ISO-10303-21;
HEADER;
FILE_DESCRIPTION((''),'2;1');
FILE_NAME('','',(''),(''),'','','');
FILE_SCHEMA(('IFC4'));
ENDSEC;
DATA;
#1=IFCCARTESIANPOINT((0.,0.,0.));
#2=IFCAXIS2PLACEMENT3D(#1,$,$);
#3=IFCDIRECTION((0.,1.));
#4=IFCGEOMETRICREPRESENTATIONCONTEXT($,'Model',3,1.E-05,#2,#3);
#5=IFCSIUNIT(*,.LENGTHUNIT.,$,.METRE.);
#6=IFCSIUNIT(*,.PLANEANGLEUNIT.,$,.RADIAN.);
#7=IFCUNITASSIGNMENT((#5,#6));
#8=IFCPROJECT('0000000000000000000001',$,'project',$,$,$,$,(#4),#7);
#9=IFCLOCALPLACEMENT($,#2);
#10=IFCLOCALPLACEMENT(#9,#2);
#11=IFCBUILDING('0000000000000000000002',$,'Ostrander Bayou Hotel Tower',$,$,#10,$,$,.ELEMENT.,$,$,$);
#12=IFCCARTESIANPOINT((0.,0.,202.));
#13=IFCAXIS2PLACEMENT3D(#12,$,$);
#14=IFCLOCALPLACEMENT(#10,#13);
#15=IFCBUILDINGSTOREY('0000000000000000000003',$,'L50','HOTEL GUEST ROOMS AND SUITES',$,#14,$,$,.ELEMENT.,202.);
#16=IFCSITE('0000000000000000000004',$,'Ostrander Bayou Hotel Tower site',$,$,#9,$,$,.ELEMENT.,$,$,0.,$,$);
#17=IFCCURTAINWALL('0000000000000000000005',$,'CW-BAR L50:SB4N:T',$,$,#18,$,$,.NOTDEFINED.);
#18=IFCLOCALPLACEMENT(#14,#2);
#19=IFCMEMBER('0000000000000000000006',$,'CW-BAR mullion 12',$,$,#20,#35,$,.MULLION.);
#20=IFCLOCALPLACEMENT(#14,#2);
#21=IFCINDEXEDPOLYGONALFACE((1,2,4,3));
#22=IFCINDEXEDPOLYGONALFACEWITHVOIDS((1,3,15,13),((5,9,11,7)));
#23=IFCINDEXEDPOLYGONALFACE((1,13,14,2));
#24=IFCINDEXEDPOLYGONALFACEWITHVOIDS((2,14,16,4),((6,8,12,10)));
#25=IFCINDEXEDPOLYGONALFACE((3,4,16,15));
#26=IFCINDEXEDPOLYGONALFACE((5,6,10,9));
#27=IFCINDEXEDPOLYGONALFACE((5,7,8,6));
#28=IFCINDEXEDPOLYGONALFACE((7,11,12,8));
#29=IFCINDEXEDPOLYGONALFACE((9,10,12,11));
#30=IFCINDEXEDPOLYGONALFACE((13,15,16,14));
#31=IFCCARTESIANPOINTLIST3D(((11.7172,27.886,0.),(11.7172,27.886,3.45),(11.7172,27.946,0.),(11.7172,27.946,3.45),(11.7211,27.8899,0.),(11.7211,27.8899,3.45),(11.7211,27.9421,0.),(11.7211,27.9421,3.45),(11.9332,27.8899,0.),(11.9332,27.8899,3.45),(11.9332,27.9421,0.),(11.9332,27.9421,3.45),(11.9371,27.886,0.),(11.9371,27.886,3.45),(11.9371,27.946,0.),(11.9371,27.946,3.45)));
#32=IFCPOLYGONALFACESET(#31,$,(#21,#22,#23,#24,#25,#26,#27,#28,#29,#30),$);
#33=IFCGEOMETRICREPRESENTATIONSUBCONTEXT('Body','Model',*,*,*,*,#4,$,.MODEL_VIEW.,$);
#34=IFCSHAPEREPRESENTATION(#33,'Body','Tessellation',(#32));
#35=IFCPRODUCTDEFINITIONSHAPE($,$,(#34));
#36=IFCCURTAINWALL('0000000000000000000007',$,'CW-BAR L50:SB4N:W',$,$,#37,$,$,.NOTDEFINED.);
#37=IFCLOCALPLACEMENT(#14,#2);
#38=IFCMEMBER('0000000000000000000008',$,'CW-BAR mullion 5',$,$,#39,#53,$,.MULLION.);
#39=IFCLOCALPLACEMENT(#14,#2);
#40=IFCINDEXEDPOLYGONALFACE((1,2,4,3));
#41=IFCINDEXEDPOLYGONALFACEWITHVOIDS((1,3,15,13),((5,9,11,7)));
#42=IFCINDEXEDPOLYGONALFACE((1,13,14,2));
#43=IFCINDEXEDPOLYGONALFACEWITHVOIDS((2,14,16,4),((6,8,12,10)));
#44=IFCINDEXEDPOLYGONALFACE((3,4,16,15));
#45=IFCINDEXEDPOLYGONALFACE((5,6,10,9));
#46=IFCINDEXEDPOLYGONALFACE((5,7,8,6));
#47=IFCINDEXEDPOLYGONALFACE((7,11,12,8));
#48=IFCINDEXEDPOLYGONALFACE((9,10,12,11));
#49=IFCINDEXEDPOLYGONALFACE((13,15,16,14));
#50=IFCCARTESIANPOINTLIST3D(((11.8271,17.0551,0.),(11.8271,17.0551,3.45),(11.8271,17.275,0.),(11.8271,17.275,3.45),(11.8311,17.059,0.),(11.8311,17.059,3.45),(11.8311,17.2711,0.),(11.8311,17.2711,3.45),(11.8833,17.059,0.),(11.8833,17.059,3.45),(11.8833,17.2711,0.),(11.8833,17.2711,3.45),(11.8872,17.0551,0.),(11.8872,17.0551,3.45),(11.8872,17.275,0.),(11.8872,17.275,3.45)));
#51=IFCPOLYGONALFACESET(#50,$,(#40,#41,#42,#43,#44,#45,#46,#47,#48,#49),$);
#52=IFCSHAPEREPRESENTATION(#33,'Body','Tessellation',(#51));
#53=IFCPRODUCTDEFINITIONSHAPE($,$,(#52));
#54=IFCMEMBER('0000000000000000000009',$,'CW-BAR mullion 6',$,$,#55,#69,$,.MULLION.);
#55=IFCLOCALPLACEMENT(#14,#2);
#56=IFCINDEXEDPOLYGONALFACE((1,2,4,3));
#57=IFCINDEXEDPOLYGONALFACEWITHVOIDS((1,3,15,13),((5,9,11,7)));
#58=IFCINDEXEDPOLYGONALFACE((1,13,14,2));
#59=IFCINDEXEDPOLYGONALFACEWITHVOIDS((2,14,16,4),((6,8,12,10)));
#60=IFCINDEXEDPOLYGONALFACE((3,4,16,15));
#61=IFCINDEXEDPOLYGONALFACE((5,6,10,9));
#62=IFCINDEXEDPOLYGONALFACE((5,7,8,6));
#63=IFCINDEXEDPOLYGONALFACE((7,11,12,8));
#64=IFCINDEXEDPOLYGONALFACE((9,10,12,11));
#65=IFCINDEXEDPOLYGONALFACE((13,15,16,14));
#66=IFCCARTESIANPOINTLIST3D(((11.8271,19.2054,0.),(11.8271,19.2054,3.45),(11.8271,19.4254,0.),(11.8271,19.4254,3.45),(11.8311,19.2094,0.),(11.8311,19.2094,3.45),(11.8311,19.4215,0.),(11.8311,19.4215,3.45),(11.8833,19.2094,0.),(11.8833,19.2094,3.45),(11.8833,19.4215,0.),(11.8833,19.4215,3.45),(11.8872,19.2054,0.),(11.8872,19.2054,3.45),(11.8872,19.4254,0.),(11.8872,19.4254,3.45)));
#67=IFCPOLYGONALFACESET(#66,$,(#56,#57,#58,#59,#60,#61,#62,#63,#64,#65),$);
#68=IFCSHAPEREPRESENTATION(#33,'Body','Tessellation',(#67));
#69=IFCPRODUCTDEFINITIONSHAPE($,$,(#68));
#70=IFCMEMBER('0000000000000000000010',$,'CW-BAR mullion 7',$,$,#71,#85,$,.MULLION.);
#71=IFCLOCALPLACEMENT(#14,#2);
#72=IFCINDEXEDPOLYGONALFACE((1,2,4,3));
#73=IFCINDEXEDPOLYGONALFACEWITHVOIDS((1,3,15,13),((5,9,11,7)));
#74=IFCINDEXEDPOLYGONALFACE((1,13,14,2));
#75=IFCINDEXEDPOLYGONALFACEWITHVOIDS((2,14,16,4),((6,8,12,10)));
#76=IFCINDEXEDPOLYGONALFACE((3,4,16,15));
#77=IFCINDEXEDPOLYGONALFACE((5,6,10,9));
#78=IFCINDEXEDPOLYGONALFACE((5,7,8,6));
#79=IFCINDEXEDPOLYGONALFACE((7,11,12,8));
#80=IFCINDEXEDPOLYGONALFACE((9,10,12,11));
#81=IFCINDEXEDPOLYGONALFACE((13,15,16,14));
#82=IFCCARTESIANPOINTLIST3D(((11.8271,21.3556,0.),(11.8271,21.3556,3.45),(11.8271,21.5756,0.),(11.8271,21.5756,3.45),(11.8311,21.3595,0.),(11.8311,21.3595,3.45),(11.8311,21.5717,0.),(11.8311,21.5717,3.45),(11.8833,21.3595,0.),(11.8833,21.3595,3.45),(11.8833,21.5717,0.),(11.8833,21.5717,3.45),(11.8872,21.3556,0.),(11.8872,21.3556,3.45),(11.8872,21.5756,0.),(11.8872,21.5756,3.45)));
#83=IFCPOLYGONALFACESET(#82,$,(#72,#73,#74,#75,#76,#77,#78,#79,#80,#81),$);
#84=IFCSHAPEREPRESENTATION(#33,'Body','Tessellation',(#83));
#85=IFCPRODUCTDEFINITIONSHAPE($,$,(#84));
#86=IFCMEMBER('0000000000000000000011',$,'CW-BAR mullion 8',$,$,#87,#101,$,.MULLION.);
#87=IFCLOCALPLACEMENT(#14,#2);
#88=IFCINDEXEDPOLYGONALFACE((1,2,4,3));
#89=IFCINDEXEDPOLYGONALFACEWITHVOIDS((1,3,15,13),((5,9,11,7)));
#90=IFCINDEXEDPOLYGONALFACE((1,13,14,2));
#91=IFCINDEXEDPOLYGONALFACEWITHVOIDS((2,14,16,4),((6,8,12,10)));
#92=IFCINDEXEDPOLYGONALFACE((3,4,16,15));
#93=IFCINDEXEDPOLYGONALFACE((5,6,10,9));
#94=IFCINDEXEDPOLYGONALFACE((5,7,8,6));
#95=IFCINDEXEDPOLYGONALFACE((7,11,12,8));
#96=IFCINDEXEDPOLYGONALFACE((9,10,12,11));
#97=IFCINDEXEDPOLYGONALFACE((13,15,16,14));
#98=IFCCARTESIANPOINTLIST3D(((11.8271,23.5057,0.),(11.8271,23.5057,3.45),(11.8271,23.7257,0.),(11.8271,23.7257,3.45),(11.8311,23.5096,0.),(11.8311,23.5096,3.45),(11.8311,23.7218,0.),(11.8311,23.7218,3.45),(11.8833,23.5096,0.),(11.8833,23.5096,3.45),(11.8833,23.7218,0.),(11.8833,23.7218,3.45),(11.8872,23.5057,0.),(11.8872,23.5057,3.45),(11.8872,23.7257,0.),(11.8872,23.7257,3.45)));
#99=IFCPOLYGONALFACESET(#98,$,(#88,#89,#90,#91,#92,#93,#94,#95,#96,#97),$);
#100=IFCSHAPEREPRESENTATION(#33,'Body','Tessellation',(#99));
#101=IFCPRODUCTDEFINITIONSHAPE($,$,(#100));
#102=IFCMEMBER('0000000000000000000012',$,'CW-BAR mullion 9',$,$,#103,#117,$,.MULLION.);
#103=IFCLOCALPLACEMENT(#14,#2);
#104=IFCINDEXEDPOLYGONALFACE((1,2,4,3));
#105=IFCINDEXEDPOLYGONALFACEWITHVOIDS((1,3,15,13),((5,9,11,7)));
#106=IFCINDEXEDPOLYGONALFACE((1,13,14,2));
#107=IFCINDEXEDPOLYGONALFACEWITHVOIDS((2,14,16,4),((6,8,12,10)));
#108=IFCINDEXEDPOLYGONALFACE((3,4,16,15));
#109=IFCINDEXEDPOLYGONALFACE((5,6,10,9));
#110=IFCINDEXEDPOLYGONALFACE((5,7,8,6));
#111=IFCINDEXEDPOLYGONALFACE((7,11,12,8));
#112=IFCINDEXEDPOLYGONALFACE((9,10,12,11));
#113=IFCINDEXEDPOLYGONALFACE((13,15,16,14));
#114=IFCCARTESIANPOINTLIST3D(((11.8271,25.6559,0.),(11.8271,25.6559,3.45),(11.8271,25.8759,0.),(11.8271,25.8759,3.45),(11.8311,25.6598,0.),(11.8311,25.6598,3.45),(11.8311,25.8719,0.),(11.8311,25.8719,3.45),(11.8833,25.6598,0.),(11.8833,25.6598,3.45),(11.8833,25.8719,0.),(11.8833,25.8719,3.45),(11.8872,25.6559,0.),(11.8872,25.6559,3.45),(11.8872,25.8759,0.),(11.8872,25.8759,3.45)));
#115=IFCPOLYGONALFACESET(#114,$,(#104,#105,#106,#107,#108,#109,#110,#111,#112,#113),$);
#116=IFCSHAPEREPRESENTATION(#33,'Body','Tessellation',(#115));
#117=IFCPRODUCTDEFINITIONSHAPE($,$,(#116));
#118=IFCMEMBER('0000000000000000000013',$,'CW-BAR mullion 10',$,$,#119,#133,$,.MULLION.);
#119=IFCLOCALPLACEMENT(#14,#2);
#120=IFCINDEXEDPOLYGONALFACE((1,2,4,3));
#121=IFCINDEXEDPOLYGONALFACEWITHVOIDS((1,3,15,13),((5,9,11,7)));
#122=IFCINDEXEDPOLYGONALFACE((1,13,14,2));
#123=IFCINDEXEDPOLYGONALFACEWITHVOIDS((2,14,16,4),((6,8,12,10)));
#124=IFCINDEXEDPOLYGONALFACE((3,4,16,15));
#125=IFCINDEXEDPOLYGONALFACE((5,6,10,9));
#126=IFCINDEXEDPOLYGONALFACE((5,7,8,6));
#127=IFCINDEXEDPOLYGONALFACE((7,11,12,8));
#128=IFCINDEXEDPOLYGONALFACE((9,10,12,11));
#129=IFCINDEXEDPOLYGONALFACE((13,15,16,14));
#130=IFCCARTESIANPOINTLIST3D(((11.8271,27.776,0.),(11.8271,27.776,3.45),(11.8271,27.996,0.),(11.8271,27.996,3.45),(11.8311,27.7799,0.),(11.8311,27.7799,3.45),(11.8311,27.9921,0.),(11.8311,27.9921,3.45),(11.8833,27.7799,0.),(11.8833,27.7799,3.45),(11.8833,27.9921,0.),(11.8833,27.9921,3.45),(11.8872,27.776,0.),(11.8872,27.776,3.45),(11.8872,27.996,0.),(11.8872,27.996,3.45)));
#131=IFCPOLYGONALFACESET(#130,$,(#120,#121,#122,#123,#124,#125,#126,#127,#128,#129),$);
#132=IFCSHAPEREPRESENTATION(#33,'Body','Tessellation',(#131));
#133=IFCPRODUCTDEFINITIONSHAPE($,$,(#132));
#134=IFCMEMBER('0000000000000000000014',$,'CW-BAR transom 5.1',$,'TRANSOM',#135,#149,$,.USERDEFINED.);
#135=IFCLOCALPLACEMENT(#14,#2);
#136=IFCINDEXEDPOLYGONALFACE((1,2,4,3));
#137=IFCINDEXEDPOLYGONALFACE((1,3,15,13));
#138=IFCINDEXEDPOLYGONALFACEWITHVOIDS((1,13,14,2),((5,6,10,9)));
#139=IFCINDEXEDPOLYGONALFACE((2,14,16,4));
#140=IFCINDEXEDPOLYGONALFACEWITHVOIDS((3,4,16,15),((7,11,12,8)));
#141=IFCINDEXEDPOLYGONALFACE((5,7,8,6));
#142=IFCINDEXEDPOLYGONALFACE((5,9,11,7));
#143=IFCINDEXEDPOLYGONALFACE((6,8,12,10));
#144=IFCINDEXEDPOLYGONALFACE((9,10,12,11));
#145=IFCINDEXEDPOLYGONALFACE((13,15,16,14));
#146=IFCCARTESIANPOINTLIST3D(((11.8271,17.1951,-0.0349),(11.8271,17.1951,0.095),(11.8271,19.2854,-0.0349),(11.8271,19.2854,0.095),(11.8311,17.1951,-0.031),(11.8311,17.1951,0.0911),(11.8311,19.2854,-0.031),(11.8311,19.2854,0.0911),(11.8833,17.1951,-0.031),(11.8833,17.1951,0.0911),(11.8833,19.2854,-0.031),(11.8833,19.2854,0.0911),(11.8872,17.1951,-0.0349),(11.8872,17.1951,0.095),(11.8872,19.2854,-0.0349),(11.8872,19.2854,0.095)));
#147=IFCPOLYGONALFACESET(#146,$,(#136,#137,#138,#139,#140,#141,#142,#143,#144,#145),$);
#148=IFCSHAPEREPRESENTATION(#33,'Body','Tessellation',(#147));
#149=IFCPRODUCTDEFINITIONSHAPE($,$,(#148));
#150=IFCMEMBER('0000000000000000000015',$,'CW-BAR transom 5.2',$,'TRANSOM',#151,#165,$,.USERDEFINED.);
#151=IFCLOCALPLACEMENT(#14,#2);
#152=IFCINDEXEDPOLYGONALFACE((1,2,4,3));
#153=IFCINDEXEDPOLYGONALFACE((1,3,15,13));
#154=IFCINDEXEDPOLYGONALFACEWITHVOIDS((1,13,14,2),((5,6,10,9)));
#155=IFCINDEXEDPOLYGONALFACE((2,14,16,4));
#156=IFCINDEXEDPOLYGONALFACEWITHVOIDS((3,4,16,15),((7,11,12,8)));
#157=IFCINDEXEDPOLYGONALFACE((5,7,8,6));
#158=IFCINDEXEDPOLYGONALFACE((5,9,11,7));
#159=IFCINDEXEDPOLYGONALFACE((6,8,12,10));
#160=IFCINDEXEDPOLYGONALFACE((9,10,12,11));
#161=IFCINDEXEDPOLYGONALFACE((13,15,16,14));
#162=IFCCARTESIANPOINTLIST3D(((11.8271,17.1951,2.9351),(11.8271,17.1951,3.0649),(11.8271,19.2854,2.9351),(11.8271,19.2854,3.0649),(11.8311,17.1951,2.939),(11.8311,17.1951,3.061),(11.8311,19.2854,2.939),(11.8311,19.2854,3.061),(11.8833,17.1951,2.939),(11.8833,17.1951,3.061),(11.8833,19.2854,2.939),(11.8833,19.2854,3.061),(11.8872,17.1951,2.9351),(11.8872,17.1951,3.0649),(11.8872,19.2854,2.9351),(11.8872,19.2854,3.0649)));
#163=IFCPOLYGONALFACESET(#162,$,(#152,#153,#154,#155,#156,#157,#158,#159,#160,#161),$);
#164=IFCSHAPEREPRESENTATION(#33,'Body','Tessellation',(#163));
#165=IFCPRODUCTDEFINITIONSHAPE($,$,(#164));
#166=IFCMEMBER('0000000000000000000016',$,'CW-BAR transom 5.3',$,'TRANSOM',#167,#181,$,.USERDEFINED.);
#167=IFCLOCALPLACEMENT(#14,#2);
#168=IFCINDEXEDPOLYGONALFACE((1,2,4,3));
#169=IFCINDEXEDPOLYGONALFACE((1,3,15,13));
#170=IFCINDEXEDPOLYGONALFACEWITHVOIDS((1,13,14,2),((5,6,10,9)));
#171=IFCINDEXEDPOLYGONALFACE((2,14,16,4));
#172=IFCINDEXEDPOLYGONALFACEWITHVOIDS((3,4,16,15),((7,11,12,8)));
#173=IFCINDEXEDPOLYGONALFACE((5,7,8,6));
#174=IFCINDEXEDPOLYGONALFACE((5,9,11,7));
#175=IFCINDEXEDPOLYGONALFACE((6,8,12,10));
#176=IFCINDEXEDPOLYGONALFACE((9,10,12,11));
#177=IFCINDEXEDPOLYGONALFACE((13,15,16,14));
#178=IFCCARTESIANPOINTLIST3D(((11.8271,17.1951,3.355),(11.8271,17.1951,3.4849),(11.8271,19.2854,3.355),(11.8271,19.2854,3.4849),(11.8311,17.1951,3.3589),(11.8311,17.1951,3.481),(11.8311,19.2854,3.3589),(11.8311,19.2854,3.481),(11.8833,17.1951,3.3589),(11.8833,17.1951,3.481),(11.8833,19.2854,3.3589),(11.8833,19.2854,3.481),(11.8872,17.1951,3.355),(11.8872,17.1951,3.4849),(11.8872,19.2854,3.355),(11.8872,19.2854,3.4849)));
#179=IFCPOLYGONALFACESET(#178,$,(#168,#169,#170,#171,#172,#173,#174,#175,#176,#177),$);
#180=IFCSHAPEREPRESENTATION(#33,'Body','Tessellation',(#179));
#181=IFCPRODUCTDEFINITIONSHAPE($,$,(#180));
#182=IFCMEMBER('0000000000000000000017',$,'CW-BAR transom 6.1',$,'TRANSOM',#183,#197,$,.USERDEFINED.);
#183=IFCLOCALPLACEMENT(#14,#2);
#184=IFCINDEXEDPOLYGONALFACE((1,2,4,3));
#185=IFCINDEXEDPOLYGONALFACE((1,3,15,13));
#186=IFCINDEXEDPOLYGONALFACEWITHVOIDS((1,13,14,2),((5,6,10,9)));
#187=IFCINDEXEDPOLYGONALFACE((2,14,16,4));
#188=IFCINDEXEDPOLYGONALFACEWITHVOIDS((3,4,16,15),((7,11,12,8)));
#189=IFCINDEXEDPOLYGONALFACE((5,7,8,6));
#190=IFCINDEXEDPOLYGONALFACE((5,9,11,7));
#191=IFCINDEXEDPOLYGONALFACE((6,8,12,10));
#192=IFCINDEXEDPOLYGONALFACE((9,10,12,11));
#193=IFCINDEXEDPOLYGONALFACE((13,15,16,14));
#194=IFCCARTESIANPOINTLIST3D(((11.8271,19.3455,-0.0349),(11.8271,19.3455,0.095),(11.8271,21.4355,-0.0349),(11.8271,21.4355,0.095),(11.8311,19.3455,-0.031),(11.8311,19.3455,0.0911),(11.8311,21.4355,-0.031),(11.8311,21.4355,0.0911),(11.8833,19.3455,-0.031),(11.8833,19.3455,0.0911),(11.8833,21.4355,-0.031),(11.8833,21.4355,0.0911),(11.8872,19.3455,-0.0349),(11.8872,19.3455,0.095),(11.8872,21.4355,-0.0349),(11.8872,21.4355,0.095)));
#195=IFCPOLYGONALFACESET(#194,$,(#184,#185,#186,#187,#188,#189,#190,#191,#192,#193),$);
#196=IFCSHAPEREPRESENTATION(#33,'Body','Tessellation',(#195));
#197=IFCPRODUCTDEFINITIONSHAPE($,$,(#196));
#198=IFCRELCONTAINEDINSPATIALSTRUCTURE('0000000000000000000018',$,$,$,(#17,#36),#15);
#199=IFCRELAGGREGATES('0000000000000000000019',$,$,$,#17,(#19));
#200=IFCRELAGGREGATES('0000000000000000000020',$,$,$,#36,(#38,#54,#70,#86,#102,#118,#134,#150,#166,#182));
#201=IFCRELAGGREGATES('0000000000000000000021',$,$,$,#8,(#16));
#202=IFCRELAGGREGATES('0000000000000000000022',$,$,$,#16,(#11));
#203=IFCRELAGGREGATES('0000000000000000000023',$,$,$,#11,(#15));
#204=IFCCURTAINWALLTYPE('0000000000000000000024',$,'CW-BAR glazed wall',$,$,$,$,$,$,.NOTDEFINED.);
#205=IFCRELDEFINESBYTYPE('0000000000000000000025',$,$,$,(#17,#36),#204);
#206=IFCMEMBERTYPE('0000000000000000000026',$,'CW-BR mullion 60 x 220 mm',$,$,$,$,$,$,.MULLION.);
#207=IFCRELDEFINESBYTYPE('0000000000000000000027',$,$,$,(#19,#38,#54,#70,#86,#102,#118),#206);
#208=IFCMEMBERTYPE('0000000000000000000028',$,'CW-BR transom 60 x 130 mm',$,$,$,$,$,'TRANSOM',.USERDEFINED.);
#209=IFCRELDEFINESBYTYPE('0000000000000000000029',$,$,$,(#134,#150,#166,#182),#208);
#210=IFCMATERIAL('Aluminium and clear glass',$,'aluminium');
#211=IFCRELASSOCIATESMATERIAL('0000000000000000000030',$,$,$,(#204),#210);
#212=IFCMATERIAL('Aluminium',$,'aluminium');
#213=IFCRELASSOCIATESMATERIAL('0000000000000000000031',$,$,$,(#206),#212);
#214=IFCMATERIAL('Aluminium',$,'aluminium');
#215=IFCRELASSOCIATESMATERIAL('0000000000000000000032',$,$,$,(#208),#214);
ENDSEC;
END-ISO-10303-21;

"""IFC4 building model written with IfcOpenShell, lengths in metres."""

from ifc_helpers import new_model, si_unit, direction, frame, origin, origin_2d, place, context, subcontext, project, spatial, hollow_rectangle, extrude, material, material_profile, profile_set, type_object, element, aggregate, save


model = new_model("IFC4")

# Units and contexts
model_context = context("Model", 3, precision=1e-05, world=origin(), true_north=direction((0.0, 1.0)))
body_context = subcontext(model_context, "Body", "Model", "MODEL_VIEW")
ifc_project = project(units=[si_unit("LENGTHUNIT", "METRE"), si_unit("PLANEANGLEUNIT", "RADIAN")], contexts=[model_context])

# Site, building, storey
site_placement = place(None, origin())
site = spatial("IfcSite", under=ifc_project, at=site_placement, Name="Ostrander Bayou Hotel Tower site", CompositionType="ELEMENT", RefElevation=0.0)
building_placement = place(site_placement, origin())
building = spatial("IfcBuilding", under=site, at=building_placement, Name="Ostrander Bayou Hotel Tower", CompositionType="ELEMENT")
storey_placement = place(building_placement, frame((0.0, 0.0, 202.0)))
storey = spatial("IfcBuildingStorey", under=building, at=storey_placement, Name="L50", Description="HOTEL GUEST ROOMS AND SUITES", CompositionType="ELEMENT", Elevation=202.0)

# Curtain wall, member
ifc_material_1 = material(Name="Aluminium and clear glass", Category="aluminium")
curtain_wall_type = type_object("IfcCurtainWallType", Name="CW-BAR glazed wall", PredefinedType="NOTDEFINED", material=ifc_material_1)
curtain_wall_1_placement = place(storey_placement, origin())
curtain_wall_1 = element("IfcCurtainWall", 1, at=curtain_wall_1_placement, inside=storey, type_object=curtain_wall_type, Name="CW-BAR L50:SB4N:T", PredefinedType="NOTDEFINED")
ifc_material_2 = material(Name="Aluminium", Category="aluminium")
ifc_material_profile_1 = material_profile(ifc_material_2, hollow_rectangle(XDim=0.0601, YDim=0.22, WallThickness=0.0039, at=origin_2d()))
ifc_profile_set_1 = profile_set([ifc_material_profile_1], Name="Aluminium")
member_type_1 = type_object("IfcMemberType", Name="CW-BR mullion 60 x 220 mm", PredefinedType="MULLION", material=ifc_profile_set_1)
member_1_placement = place(storey_placement, frame((11.8271, 27.916, 0.0), z_axis=(0.0, 0.0, 1.0), x_axis=(0.0, 1.0, 0.0)))
member_1 = element("IfcMember", 2, at=member_1_placement, type_object=member_type_1, Name="CW-BAR mullion 12", PredefinedType="MULLION", context=body_context, shape_type="SweptSolid", body=[
    extrude(hollow_rectangle(XDim=0.0601, YDim=0.22, WallThickness=0.0039, at=origin_2d()), origin(), (0.0, 0.0, 1.0), 3.45),
])
aggregate(curtain_wall_1, [member_1])

# Curtain wall, members
curtain_wall_2_placement = place(storey_placement, origin())
curtain_wall_2 = element("IfcCurtainWall", 3, at=curtain_wall_2_placement, inside=storey, type_object=curtain_wall_type, Name="CW-BAR L50:SB4N:W", PredefinedType="NOTDEFINED")
member_2_placement = place(storey_placement, frame((11.8572, 17.165, 0.0), z_axis=(0.0, 0.0, 1.0), x_axis=(-1.0, 0.0, 0.0)))
member_2 = element("IfcMember", 4, at=member_2_placement, type_object=member_type_1, Name="CW-BAR mullion 5", PredefinedType="MULLION", context=body_context, shape_type="SweptSolid", body=[
    extrude(hollow_rectangle(XDim=0.0601, YDim=0.22, WallThickness=0.0039, at=origin_2d()), origin(), (0.0, 0.0, 1.0), 3.45),
])
member_3_placement = place(storey_placement, frame((11.8572, 19.3154, 0.0), z_axis=(0.0, 0.0, 1.0), x_axis=(-1.0, 0.0, 0.0)))
member_3 = element("IfcMember", 5, at=member_3_placement, type_object=member_type_1, Name="CW-BAR mullion 6", PredefinedType="MULLION", context=body_context, shape_type="SweptSolid", body=[
    extrude(hollow_rectangle(XDim=0.0601, YDim=0.22, WallThickness=0.0039, at=origin_2d()), origin(), (0.0, 0.0, 1.0), 3.45),
])
member_4_placement = place(storey_placement, frame((11.8572, 21.4656, 0.0), z_axis=(0.0, 0.0, 1.0), x_axis=(-1.0, 0.0, 0.0)))
member_4 = element("IfcMember", 6, at=member_4_placement, type_object=member_type_1, Name="CW-BAR mullion 7", PredefinedType="MULLION", context=body_context, shape_type="SweptSolid", body=[
    extrude(hollow_rectangle(XDim=0.0601, YDim=0.22, WallThickness=0.0039, at=origin_2d()), origin(), (0.0, 0.0, 1.0), 3.45),
])
member_5_placement = place(storey_placement, frame((11.8572, 23.6157, 0.0), z_axis=(0.0, 0.0, 1.0), x_axis=(-1.0, 0.0, 0.0)))
member_5 = element("IfcMember", 7, at=member_5_placement, type_object=member_type_1, Name="CW-BAR mullion 8", PredefinedType="MULLION", context=body_context, shape_type="SweptSolid", body=[
    extrude(hollow_rectangle(XDim=0.0601, YDim=0.22, WallThickness=0.0039, at=origin_2d()), origin(), (0.0, 0.0, 1.0), 3.45),
])
member_6_placement = place(storey_placement, frame((11.8572, 25.7659, 0.0), z_axis=(0.0, 0.0, 1.0), x_axis=(-1.0, 0.0, 0.0)))
member_6 = element("IfcMember", 8, at=member_6_placement, type_object=member_type_1, Name="CW-BAR mullion 9", PredefinedType="MULLION", context=body_context, shape_type="SweptSolid", body=[
    extrude(hollow_rectangle(XDim=0.0601, YDim=0.22, WallThickness=0.0039, at=origin_2d()), origin(), (0.0, 0.0, 1.0), 3.45),
])
member_7_placement = place(storey_placement, frame((11.8572, 27.886, 0.0), z_axis=(0.0, 0.0, 1.0), x_axis=(-1.0, 0.0, 0.0)))
member_7 = element("IfcMember", 9, at=member_7_placement, type_object=member_type_1, Name="CW-BAR mullion 10", PredefinedType="MULLION", context=body_context, shape_type="SweptSolid", body=[
    extrude(hollow_rectangle(XDim=0.0601, YDim=0.22, WallThickness=0.0039, at=origin_2d()), origin(), (0.0, 0.0, 1.0), 3.45),
])
ifc_material_3 = material(Name="Aluminium", Category="aluminium")
ifc_material_profile_2 = material_profile(ifc_material_3, hollow_rectangle(XDim=0.0601, YDim=0.1299, WallThickness=0.0039, at=origin_2d()))
ifc_profile_set_2 = profile_set([ifc_material_profile_2], Name="Aluminium")
member_type_2 = type_object("IfcMemberType", Name="CW-BR transom 60 x 130 mm", ElementType="TRANSOM", PredefinedType="USERDEFINED", material=ifc_profile_set_2)
member_8_placement = place(storey_placement, frame((11.8572, 17.1951, 0.03), z_axis=(0.0, 1.0, 0.0), x_axis=(-1.0, 0.0, 0.0)))
member_8 = element("IfcMember", 10, at=member_8_placement, type_object=member_type_2, Name="CW-BAR transom 5.1", ObjectType="TRANSOM", PredefinedType="USERDEFINED", context=body_context, shape_type="SweptSolid", body=[
    extrude(hollow_rectangle(XDim=0.0601, YDim=0.1299, WallThickness=0.0039, at=origin_2d()), origin(), (0.0, 0.0, 1.0), 2.0903),
])
member_9_placement = place(storey_placement, frame((11.8572, 17.1951, 3.0), z_axis=(0.0, 1.0, 0.0), x_axis=(-1.0, 0.0, 0.0)))
member_9 = element("IfcMember", 11, at=member_9_placement, type_object=member_type_2, Name="CW-BAR transom 5.2", ObjectType="TRANSOM", PredefinedType="USERDEFINED", context=body_context, shape_type="SweptSolid", body=[
    extrude(hollow_rectangle(XDim=0.0601, YDim=0.1299, WallThickness=0.0039, at=origin_2d()), origin(), (0.0, 0.0, 1.0), 2.0903),
])
member_10_placement = place(storey_placement, frame((11.8572, 17.1951, 3.4199), z_axis=(0.0, 1.0, 0.0), x_axis=(-1.0, 0.0, 0.0)))
member_10 = element("IfcMember", 12, at=member_10_placement, type_object=member_type_2, Name="CW-BAR transom 5.3", ObjectType="TRANSOM", PredefinedType="USERDEFINED", context=body_context, shape_type="SweptSolid", body=[
    extrude(hollow_rectangle(XDim=0.0601, YDim=0.1299, WallThickness=0.0039, at=origin_2d()), origin(), (0.0, 0.0, 1.0), 2.0903),
])
member_11_placement = place(storey_placement, frame((11.8572, 19.3455, 0.03), z_axis=(0.0, 1.0, 0.0), x_axis=(-1.0, 0.0, 0.0)))
member_11 = element("IfcMember", 13, at=member_11_placement, type_object=member_type_2, Name="CW-BAR transom 6.1", ObjectType="TRANSOM", PredefinedType="USERDEFINED", context=body_context, shape_type="SweptSolid", body=[
    extrude(hollow_rectangle(XDim=0.0601, YDim=0.1299, WallThickness=0.0039, at=origin_2d()), origin(), (0.0, 0.0, 1.0), 2.0901),
])

aggregate(curtain_wall_2, [member_2, member_3, member_4, member_5, member_6, member_7, member_8, member_9, member_10, member_11])

save(model, "model.ifc")
